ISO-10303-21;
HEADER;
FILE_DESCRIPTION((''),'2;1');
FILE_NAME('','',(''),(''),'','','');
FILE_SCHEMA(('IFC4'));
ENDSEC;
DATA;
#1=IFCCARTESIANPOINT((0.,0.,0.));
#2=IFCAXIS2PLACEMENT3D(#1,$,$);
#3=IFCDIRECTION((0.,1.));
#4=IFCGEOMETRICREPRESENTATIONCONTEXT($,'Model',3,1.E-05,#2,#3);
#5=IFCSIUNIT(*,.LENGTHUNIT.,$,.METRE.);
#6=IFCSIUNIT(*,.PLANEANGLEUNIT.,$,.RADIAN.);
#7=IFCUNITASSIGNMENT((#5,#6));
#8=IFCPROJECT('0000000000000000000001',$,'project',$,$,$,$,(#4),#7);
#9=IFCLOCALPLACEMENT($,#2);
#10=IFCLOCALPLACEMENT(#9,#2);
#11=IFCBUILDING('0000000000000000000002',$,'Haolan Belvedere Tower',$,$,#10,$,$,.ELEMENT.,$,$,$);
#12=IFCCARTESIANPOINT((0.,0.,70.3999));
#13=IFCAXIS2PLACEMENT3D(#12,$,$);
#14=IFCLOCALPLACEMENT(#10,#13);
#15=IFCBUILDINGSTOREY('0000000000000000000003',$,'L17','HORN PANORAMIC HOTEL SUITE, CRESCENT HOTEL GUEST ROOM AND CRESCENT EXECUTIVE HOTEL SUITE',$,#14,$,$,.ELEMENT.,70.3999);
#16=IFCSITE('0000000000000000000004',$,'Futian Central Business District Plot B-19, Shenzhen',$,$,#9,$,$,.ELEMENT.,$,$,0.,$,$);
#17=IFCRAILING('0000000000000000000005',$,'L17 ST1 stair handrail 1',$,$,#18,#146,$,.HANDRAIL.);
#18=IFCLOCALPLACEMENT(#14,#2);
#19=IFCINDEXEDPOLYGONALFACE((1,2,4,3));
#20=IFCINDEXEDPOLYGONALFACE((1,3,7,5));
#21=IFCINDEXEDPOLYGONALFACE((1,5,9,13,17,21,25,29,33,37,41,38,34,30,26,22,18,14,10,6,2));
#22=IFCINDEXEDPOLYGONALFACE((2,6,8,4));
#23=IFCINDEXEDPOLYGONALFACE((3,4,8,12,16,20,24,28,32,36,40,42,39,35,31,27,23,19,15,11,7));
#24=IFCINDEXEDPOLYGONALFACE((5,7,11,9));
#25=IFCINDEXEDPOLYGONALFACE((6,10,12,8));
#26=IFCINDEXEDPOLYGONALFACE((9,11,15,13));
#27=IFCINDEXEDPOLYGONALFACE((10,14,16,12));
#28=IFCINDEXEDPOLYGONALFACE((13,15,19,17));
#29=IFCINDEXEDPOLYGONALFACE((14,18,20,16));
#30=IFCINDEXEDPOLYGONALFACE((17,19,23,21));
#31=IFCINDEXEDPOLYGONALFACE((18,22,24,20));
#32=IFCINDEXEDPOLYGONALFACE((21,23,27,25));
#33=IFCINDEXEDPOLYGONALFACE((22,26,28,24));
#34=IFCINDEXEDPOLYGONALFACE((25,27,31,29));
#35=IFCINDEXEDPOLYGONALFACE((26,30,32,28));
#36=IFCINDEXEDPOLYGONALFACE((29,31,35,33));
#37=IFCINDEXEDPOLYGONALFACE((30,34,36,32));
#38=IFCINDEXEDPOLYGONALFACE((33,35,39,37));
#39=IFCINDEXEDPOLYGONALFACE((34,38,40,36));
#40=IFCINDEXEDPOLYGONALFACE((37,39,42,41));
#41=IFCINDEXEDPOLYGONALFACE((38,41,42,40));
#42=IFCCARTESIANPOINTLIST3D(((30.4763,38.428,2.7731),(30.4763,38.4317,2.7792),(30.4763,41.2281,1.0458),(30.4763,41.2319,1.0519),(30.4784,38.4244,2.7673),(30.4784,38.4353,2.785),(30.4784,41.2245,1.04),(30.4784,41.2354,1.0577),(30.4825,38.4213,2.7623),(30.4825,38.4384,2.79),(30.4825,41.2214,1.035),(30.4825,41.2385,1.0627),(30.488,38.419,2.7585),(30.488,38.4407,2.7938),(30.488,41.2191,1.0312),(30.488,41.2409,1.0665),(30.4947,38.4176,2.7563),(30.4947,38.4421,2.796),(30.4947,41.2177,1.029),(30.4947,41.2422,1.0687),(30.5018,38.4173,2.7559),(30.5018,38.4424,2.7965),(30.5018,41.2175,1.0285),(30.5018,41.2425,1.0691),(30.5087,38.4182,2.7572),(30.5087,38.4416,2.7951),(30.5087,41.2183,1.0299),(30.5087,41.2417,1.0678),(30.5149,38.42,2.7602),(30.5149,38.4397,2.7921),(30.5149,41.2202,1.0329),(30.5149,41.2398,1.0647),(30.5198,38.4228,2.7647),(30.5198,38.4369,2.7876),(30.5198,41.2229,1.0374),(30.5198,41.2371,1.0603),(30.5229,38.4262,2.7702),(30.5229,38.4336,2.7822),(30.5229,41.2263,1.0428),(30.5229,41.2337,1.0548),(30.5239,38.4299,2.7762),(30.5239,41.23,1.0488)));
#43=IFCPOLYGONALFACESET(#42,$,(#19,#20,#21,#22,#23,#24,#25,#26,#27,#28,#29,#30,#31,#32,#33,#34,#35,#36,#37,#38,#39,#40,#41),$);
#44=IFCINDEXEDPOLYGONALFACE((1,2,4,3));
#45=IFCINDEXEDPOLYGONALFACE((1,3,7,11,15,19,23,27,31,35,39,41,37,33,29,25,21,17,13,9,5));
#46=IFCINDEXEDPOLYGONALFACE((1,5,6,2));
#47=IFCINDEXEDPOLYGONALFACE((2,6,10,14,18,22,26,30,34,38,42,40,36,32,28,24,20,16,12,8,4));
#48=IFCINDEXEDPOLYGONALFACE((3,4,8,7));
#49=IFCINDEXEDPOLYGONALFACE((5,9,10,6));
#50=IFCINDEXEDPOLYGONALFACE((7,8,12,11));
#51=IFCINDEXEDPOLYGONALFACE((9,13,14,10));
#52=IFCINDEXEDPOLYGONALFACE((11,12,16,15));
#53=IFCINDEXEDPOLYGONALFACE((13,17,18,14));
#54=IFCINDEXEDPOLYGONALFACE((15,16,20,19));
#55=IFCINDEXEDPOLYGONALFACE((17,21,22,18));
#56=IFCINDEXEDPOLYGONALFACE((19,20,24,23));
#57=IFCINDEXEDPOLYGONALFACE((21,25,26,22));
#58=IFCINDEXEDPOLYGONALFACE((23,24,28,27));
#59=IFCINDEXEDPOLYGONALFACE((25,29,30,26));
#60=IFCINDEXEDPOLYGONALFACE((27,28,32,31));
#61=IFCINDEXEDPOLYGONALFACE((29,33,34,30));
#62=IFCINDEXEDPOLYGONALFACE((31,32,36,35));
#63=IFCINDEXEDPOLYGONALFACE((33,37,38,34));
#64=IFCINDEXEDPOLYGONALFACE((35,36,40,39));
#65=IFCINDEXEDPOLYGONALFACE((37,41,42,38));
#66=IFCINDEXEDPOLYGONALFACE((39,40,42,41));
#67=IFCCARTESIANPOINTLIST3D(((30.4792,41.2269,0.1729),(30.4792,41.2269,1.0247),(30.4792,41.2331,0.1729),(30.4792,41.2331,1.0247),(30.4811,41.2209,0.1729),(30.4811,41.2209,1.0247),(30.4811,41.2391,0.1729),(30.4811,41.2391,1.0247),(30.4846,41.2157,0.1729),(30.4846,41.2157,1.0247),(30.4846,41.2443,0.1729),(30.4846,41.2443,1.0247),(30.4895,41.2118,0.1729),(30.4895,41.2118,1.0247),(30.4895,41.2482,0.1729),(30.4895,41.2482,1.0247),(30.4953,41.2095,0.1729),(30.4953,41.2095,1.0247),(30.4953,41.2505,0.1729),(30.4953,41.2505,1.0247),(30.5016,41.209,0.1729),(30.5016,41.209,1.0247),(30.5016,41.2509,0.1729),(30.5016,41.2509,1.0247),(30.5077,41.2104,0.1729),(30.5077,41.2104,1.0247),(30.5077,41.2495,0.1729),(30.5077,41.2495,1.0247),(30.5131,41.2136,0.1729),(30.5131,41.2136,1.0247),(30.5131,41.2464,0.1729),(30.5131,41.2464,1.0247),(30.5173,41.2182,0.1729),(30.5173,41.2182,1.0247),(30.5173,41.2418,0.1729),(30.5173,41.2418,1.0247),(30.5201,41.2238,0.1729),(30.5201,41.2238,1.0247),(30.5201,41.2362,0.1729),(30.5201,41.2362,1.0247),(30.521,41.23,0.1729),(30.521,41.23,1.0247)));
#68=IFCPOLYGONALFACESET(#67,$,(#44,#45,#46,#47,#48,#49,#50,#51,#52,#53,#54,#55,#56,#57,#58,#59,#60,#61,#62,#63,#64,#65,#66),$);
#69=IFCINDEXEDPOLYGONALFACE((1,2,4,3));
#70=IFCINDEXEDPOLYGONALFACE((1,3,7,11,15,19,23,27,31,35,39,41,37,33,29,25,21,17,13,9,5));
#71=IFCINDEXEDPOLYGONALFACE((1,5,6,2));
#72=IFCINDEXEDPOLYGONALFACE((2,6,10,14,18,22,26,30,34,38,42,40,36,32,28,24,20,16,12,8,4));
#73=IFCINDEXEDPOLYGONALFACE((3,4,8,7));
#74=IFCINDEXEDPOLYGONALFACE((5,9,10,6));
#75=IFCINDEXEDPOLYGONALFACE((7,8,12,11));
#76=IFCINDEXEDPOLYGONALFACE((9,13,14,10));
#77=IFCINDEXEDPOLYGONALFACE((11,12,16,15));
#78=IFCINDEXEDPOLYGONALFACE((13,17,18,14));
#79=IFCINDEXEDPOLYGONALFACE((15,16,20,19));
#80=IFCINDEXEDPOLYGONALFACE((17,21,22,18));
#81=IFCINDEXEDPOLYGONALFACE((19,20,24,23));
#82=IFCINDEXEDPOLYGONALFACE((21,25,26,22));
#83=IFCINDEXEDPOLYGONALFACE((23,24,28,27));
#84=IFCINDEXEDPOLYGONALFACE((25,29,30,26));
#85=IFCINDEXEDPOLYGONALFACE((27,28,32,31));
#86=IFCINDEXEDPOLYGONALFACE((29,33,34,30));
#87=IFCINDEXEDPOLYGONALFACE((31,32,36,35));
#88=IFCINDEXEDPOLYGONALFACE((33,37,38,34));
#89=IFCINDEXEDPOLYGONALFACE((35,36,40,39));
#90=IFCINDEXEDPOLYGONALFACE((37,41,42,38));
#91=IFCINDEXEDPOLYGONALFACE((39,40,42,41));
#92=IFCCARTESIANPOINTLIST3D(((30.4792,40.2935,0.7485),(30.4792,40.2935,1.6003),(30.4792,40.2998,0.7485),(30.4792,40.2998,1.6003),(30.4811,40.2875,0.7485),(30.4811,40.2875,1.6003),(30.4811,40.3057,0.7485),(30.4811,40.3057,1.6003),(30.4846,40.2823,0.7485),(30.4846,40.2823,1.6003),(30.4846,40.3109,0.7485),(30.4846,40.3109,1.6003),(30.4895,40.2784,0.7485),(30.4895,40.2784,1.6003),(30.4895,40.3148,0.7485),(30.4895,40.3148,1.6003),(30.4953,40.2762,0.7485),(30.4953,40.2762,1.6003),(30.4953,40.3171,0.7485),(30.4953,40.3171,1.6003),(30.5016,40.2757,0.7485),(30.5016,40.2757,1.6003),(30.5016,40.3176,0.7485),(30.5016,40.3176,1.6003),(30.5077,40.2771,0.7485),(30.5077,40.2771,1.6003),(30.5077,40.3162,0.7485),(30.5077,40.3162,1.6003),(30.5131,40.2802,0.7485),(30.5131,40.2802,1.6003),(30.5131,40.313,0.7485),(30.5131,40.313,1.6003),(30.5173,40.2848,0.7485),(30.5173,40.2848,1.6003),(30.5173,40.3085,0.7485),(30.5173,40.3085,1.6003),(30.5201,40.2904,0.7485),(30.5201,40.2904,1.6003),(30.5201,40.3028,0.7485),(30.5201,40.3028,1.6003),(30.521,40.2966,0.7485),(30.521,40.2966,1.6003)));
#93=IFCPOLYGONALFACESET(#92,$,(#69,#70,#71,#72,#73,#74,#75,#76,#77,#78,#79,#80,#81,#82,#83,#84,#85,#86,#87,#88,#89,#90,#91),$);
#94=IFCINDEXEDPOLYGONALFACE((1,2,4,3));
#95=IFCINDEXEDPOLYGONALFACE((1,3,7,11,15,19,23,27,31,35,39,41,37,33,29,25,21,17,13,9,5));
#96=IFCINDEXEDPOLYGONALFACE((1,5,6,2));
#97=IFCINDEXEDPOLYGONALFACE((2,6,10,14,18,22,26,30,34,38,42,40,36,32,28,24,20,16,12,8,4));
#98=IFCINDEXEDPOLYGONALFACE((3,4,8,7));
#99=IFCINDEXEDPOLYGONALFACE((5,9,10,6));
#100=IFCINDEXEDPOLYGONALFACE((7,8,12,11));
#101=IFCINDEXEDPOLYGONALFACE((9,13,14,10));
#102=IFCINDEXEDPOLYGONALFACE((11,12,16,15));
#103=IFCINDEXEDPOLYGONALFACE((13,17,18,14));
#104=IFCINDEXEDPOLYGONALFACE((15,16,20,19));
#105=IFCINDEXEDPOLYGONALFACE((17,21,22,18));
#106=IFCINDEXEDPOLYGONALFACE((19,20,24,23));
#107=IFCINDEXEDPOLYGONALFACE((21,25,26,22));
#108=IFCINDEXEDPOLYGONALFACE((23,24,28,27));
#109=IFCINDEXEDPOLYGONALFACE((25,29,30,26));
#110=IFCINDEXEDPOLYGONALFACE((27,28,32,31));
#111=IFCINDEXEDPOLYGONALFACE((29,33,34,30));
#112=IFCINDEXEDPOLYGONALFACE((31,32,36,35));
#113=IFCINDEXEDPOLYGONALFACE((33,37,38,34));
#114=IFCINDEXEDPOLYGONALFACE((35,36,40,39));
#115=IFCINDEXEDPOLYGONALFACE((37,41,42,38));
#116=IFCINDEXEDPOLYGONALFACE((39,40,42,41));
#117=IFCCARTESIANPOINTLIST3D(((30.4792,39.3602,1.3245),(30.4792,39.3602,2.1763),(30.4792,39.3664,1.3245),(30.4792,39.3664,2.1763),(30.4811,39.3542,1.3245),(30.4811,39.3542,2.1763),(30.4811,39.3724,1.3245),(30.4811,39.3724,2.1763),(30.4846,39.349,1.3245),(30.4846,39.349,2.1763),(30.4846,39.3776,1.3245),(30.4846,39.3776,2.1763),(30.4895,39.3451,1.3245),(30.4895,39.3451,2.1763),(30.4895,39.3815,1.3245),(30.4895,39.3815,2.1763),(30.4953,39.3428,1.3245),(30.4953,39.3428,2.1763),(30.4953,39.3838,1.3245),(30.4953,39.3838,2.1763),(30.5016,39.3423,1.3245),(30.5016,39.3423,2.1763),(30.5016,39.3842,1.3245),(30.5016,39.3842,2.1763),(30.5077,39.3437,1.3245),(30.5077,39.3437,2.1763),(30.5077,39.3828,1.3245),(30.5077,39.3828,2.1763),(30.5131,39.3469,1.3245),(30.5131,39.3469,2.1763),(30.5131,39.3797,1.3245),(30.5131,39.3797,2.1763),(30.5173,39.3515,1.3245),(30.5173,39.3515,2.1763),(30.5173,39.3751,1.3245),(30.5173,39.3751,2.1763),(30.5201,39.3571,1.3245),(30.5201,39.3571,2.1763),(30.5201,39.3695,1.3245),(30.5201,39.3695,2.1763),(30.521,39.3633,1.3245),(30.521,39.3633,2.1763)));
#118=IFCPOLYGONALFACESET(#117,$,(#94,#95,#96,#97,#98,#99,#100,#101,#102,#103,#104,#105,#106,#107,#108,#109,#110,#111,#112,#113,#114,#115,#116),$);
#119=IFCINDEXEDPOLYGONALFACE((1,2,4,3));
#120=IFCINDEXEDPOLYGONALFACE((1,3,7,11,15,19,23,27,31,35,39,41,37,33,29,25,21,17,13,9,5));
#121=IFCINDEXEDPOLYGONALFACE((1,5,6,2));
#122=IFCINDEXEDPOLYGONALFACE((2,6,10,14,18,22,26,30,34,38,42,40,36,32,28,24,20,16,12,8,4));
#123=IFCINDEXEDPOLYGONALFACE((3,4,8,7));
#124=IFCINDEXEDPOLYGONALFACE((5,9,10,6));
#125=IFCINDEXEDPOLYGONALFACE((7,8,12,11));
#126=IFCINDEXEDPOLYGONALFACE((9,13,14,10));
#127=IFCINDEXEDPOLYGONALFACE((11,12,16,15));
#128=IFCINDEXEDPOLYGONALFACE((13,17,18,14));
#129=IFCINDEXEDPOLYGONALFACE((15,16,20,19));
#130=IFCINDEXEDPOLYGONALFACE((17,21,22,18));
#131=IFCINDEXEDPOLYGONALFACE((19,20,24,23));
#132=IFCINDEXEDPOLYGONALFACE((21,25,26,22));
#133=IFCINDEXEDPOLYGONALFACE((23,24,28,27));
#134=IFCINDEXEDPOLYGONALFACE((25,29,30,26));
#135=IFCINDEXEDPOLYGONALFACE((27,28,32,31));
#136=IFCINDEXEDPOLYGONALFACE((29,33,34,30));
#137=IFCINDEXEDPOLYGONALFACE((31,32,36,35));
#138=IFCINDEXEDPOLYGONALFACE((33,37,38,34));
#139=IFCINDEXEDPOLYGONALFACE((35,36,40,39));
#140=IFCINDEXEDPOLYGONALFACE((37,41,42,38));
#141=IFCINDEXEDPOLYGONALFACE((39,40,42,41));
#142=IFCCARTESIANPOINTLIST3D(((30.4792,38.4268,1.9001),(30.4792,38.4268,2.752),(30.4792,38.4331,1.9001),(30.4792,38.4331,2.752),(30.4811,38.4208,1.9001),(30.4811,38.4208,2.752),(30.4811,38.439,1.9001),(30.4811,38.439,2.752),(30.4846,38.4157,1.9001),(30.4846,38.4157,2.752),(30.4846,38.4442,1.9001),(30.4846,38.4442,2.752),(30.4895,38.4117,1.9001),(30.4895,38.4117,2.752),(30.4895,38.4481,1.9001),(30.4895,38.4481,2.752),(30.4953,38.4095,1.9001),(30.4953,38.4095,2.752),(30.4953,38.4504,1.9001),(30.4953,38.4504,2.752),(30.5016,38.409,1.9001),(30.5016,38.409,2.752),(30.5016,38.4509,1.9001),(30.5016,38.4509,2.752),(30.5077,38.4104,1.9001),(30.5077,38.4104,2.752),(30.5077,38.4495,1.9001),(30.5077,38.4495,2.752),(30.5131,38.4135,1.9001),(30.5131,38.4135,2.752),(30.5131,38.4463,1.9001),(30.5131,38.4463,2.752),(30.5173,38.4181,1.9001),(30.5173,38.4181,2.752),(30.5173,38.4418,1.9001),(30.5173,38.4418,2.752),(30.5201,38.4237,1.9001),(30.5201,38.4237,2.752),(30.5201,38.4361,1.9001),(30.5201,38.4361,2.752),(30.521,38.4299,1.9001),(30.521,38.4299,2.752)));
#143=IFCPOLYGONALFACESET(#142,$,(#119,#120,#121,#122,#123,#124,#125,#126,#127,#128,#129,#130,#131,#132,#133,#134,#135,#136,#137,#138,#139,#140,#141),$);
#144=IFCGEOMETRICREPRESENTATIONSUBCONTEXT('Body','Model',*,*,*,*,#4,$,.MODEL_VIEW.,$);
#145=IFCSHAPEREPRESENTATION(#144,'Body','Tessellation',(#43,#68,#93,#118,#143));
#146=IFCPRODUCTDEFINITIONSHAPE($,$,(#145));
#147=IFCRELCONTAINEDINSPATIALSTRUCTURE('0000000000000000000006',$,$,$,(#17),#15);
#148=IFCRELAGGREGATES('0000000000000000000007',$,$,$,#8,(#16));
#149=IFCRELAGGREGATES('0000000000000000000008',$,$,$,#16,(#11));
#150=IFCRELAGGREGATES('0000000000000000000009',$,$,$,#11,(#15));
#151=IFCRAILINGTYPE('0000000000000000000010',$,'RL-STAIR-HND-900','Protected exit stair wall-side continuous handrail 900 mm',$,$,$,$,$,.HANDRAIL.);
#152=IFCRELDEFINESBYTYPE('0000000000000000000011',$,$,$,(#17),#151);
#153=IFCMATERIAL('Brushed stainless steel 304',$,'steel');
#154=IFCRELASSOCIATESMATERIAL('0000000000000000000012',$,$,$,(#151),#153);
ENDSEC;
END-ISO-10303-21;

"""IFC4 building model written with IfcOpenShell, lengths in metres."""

from ifc_helpers import new_model, si_unit, direction, frame, origin, origin_2d, place, context, subcontext, project, spatial, circle, extrude, material, type_object, element, save


model = new_model("IFC4")

# Units and contexts
model_context = context("Model", 3, precision=1e-05, world=origin(), true_north=direction((0.0, 1.0)))
body_context = subcontext(model_context, "Body", "Model", "MODEL_VIEW")
ifc_project = project(units=[si_unit("LENGTHUNIT", "METRE"), si_unit("PLANEANGLEUNIT", "RADIAN")], contexts=[model_context])

# Site, building, storey
site_placement = place(None, origin())
site = spatial("IfcSite", under=ifc_project, at=site_placement, Name="Futian Central Business District Plot B-19, Shenzhen", CompositionType="ELEMENT", RefElevation=0.0)
building_placement = place(site_placement, origin())
building = spatial("IfcBuilding", under=site, at=building_placement, Name="Haolan Belvedere Tower", CompositionType="ELEMENT")
storey_placement = place(building_placement, frame((0.0, 0.0, 70.3999)))
storey = spatial("IfcBuildingStorey", under=building, at=storey_placement, Name="L17", Description="HORN PANORAMIC HOTEL SUITE, CRESCENT HOTEL GUEST ROOM AND CRESCENT EXECUTIVE HOTEL SUITE", CompositionType="ELEMENT", Elevation=70.3999)

# Railing
ifc_material_1 = material(Name="Brushed stainless steel 304", Category="steel")
railing_type_1 = type_object("IfcRailingType", Name="RL-STAIR-HND-900", Description="Protected exit stair wall-side continuous handrail 900 mm", PredefinedType="HANDRAIL", material=ifc_material_1)
railing_1_placement = place(storey_placement, frame((30.5, 41.23, 0.1729)))
element("IfcRailing", 1, at=railing_1_placement, inside=storey, type_object=railing_type_1, Name="L17 ST1 stair handrail 1", PredefinedType="HANDRAIL", context=body_context, shape_type="SweptSolid", body=[
    extrude(circle(Radius=0.0239, at=origin_2d()), frame((0.0, 0.0, 0.876), z_axis=(0.0, -0.85109, 0.52502), x_axis=(1.0, 0.0, 0.0)), (0.0, 0.0, 1.0), 3.29),
    extrude(circle(Radius=0.021, at=origin_2d()), origin(), (0.0, 0.0, 1.0), 0.8518),
    extrude(circle(Radius=0.021, at=origin_2d()), frame((0.0, -0.9333, 0.5757)), (0.0, 0.0, 1.0), 0.8518),
    extrude(circle(Radius=0.021, at=origin_2d()), frame((0.0, -1.8667, 1.1516)), (0.0, 0.0, 1.0), 0.8518),
    extrude(circle(Radius=0.021, at=origin_2d()), frame((0.0, -2.8, 1.7273)), (0.0, 0.0, 1.0), 0.8518),
])

save(model, "model.ifc")
